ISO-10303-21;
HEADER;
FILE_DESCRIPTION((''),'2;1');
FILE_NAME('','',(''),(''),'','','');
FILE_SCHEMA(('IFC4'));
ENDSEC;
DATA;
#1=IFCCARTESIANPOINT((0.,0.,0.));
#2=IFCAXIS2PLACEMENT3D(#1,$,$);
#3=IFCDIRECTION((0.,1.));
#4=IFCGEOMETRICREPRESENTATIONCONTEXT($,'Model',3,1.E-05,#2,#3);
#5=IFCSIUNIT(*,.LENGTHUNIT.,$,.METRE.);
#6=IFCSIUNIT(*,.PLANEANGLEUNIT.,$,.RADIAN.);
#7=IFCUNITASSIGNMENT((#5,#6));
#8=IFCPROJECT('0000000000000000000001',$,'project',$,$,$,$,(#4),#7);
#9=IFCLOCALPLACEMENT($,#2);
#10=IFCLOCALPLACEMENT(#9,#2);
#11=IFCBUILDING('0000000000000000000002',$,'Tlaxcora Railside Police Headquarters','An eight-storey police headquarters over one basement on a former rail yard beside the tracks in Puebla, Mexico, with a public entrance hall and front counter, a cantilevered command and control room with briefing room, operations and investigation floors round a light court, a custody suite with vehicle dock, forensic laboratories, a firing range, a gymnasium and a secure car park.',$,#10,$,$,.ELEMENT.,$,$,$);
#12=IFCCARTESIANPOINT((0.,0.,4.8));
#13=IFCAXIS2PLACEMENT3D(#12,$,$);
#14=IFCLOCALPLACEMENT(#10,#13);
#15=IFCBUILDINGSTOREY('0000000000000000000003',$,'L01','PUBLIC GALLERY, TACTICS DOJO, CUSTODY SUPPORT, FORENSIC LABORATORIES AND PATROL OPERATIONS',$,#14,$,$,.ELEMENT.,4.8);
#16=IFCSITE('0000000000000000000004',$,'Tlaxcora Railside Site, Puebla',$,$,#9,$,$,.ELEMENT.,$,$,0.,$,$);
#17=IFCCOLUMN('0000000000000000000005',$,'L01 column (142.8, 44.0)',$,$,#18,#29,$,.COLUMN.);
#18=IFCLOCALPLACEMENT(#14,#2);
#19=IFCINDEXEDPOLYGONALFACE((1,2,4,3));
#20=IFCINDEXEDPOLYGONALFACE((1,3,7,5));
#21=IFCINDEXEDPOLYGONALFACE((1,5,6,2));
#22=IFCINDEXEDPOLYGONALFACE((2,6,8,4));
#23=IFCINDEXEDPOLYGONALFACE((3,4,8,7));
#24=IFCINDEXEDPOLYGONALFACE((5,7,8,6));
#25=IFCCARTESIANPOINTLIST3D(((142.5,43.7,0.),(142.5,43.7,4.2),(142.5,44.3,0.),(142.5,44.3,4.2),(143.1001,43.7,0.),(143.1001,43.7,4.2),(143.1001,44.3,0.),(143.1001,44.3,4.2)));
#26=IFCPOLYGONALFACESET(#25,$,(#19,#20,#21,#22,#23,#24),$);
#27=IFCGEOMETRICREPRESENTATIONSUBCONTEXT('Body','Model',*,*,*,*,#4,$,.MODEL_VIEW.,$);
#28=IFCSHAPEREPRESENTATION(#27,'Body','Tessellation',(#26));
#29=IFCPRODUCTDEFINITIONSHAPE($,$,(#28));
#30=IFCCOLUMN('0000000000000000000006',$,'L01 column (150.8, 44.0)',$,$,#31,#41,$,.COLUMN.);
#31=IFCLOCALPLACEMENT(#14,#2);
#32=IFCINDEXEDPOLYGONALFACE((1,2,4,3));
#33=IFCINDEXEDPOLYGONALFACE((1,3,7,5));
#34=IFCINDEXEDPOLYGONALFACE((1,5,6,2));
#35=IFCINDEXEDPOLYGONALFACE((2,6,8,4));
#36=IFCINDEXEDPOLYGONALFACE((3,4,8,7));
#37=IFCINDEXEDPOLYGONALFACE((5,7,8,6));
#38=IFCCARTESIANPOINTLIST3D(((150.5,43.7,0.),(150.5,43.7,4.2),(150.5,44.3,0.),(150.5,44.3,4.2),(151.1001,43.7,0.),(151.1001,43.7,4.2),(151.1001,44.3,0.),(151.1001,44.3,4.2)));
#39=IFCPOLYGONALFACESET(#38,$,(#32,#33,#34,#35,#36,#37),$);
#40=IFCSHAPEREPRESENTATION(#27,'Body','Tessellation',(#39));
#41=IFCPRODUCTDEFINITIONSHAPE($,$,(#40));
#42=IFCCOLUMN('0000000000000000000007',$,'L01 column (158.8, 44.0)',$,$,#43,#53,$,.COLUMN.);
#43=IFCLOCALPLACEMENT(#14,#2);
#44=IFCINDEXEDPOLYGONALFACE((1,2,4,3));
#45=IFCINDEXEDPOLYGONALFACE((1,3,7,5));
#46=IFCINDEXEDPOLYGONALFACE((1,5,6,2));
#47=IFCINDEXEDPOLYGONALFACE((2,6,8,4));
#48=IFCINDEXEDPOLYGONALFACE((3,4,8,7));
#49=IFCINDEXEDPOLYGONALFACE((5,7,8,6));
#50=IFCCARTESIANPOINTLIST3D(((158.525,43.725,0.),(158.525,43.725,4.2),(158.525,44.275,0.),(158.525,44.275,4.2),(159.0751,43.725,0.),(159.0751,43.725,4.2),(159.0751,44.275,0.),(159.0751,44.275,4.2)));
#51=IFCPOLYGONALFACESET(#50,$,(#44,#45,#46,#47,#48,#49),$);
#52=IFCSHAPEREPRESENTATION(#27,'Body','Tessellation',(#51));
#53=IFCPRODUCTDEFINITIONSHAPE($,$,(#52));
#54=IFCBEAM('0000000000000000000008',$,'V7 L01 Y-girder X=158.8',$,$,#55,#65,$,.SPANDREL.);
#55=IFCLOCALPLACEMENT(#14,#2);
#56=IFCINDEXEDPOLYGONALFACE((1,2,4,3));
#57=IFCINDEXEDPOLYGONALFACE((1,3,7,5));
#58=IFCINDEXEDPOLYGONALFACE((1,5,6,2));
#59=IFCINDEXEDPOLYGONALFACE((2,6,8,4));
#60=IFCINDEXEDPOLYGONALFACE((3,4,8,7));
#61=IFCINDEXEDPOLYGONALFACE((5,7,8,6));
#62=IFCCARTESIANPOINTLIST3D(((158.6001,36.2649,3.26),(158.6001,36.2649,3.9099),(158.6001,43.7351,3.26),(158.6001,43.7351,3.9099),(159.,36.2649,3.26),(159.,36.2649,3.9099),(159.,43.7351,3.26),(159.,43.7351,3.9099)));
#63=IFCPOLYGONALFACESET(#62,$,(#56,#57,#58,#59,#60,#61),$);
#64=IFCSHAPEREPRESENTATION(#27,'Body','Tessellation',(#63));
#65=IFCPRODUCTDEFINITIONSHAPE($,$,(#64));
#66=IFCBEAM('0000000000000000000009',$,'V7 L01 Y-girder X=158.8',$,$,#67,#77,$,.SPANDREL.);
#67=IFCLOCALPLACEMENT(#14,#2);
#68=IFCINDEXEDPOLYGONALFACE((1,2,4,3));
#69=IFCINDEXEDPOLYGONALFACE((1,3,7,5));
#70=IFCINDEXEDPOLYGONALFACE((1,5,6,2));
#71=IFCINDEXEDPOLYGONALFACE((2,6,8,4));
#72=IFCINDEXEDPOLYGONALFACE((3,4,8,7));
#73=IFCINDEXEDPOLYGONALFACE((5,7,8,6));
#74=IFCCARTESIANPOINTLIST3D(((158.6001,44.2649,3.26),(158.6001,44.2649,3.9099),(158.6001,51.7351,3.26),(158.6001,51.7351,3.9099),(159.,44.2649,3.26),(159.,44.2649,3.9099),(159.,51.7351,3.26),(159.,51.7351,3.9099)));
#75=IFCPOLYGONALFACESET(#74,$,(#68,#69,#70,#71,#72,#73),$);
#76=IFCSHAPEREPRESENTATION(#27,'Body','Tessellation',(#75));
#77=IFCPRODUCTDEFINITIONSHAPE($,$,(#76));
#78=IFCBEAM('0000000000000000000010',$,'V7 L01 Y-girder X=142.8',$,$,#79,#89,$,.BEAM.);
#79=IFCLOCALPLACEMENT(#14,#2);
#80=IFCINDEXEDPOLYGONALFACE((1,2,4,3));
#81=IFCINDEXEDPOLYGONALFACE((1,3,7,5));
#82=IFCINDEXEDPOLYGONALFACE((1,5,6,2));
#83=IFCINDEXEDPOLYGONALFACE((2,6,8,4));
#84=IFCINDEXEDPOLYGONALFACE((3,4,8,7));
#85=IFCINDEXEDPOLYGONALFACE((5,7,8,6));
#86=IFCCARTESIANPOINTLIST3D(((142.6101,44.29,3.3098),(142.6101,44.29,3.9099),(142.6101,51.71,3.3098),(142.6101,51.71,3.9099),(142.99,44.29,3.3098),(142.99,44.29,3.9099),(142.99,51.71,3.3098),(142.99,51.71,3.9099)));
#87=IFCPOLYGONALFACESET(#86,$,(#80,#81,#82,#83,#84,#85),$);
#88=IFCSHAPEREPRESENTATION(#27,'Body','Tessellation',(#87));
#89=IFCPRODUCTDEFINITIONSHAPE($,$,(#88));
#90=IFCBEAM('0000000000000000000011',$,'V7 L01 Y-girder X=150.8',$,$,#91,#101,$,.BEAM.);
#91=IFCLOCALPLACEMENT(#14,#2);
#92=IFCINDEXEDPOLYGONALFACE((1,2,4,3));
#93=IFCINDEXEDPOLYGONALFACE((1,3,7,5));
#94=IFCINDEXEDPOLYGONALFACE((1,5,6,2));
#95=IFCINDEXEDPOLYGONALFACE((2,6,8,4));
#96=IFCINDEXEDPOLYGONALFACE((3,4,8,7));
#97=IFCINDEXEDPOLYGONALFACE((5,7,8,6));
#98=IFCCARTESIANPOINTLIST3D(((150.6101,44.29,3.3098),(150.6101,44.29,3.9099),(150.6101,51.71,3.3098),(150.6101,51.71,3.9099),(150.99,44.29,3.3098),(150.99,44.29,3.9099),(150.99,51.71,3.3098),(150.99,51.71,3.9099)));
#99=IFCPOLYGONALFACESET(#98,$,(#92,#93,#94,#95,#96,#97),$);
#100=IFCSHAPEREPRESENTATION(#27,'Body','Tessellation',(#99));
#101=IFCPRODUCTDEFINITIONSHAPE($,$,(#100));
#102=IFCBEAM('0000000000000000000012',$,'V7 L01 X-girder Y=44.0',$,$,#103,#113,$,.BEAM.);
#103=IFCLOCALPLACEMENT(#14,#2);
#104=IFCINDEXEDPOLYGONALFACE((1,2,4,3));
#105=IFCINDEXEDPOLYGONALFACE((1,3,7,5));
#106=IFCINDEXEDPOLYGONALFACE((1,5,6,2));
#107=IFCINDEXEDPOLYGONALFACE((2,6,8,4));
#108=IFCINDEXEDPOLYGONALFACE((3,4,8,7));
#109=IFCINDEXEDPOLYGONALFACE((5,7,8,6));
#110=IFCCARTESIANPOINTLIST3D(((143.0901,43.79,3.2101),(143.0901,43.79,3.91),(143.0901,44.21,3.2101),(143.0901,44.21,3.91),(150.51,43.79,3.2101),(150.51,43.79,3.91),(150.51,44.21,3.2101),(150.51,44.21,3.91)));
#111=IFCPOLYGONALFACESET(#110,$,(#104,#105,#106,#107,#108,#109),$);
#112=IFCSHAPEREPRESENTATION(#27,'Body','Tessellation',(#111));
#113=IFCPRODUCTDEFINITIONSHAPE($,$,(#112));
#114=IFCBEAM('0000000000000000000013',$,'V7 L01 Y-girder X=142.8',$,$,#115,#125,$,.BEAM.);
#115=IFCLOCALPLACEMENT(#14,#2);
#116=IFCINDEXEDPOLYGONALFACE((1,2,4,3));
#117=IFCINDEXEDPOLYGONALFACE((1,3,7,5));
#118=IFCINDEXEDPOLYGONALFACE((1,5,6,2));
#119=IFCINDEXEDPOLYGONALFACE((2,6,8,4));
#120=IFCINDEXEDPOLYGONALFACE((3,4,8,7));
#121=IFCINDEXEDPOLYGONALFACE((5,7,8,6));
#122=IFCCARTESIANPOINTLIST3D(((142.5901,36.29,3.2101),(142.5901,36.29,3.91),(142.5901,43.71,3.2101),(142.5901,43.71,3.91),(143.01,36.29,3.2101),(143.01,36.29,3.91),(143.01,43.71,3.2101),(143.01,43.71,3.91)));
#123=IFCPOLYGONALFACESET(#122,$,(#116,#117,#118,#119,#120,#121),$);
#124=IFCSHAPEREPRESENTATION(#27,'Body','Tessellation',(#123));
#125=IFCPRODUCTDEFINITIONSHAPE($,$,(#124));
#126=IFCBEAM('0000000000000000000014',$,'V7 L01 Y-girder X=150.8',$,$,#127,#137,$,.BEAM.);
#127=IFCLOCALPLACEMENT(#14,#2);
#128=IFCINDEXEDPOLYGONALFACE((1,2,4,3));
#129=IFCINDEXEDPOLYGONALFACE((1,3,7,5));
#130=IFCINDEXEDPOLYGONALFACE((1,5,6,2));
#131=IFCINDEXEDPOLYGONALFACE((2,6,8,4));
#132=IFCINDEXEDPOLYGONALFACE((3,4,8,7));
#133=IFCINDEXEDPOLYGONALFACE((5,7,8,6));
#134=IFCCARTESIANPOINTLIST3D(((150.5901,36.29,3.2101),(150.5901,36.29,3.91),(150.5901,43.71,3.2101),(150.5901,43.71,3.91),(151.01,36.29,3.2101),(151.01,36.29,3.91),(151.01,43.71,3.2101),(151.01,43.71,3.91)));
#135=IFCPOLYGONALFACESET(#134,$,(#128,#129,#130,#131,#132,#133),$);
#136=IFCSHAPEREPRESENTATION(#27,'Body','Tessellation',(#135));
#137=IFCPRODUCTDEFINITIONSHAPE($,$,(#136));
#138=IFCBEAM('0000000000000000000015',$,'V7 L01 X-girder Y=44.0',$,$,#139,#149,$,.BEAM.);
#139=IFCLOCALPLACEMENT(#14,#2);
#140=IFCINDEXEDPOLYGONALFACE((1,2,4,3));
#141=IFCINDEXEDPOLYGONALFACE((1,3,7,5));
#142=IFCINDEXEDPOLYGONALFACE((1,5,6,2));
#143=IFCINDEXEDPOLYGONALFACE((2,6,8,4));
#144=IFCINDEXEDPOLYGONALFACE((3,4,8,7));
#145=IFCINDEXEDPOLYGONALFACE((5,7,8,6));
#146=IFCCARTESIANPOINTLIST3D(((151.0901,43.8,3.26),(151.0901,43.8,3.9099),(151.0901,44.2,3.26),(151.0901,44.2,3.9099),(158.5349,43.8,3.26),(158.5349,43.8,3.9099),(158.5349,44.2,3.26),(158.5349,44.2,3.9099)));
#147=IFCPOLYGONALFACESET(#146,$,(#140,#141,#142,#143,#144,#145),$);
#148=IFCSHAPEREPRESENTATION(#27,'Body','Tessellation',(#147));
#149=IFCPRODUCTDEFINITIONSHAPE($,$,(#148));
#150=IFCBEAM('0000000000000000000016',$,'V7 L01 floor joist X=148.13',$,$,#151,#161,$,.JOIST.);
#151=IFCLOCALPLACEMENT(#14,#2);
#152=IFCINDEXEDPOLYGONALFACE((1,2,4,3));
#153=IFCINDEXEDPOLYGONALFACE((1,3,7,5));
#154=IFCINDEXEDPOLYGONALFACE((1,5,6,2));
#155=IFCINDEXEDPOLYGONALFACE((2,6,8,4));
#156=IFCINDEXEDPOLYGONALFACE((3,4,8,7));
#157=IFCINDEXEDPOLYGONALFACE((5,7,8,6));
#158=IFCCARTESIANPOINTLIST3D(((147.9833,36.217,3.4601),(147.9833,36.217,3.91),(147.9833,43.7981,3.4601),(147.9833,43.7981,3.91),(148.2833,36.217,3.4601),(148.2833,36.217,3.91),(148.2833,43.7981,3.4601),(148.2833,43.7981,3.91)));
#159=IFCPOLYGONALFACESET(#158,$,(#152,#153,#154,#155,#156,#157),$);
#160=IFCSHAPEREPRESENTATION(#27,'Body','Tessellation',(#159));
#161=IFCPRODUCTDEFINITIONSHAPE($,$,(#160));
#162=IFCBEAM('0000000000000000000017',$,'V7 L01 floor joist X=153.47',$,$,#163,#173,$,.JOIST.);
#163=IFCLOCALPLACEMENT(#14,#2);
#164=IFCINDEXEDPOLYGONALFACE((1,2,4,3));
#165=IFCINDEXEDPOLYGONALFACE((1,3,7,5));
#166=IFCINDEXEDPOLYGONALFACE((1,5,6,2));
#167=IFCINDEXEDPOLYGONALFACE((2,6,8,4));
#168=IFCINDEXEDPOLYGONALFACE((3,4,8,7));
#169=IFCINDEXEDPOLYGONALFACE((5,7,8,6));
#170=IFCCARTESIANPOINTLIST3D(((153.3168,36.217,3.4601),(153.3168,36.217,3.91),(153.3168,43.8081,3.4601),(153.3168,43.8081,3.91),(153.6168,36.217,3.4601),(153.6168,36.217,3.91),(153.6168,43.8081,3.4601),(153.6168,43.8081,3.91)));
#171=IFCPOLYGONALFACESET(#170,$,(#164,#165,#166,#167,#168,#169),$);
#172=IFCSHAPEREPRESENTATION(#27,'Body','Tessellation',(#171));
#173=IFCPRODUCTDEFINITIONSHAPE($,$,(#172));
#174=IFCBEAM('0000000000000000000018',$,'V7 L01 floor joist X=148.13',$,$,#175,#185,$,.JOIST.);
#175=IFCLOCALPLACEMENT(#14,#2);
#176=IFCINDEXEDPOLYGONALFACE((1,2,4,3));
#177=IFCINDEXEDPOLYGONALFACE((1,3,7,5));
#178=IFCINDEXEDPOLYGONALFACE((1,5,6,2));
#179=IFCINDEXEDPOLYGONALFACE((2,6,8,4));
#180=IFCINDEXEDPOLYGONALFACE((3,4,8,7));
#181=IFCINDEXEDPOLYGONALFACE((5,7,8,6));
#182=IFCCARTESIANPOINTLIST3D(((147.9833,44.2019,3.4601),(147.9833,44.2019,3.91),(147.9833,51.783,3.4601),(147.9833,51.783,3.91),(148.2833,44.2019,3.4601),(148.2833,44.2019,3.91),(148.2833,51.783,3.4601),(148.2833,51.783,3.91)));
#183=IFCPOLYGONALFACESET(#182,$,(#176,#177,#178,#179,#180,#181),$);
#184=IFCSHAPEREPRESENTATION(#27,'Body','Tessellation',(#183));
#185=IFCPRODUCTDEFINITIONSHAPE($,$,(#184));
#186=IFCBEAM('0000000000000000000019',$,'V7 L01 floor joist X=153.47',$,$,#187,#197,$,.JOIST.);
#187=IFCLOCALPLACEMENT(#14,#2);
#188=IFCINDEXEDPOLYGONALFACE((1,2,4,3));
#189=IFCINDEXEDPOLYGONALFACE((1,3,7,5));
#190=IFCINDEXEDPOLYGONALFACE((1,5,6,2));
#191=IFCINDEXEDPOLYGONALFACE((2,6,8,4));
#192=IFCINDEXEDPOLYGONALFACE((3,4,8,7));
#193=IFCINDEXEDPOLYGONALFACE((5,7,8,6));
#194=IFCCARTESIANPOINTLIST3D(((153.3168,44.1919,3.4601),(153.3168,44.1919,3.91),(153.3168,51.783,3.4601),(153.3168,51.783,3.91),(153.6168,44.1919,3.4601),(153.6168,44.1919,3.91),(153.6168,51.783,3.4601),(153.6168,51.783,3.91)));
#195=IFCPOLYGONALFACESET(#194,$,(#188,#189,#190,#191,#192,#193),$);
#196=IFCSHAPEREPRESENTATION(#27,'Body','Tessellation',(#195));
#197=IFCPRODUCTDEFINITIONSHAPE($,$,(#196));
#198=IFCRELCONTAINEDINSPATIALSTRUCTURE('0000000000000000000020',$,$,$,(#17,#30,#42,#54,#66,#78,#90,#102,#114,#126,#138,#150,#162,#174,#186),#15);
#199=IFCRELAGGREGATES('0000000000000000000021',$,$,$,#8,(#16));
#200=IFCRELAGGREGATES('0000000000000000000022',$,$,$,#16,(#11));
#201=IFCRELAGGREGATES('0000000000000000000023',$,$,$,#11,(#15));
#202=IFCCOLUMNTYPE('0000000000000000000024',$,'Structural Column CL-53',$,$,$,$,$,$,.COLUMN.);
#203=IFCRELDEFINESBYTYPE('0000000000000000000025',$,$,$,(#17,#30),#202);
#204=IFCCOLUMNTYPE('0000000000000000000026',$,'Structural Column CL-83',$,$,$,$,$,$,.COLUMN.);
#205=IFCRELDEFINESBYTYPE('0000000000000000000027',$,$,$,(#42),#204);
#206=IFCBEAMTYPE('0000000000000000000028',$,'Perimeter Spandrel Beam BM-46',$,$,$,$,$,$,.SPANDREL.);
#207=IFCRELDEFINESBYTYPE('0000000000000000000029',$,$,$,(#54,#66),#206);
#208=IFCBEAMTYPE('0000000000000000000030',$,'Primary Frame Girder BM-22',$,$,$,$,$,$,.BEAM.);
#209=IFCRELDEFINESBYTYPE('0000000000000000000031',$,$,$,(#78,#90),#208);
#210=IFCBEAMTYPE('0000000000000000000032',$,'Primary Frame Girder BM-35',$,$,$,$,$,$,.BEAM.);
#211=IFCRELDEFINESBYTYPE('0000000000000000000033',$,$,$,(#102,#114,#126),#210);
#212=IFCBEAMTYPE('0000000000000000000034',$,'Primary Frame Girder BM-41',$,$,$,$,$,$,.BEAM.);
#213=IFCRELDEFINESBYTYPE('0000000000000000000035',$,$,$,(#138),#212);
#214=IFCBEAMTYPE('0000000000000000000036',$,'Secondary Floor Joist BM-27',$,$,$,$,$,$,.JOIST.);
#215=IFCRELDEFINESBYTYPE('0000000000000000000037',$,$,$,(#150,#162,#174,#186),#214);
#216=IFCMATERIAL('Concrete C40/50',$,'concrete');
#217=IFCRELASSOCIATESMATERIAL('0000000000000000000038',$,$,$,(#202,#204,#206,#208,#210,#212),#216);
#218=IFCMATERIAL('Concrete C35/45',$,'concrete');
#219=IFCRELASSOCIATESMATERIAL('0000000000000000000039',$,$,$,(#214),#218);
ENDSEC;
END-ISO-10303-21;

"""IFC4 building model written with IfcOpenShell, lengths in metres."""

from ifc_helpers import new_model, si_unit, direction, frame, origin, origin_2d, place, context, subcontext, project, spatial, rectangle, extrude, material, material_profile, profile_set, type_object, element, save


model = new_model("IFC4")

# Units and contexts
model_context = context("Model", 3, precision=1e-05, world=origin(), true_north=direction((0.0, 1.0)))
body_context = subcontext(model_context, "Body", "Model", "MODEL_VIEW")
ifc_project = project(units=[si_unit("LENGTHUNIT", "METRE"), si_unit("PLANEANGLEUNIT", "RADIAN")], contexts=[model_context])

# Site, building, storey
site_placement = place(None, origin())
site = spatial("IfcSite", under=ifc_project, at=site_placement, Name="Tlaxcora Railside Site, Puebla", CompositionType="ELEMENT", RefElevation=0.0)
building_placement = place(site_placement, origin())
building = spatial("IfcBuilding", under=site, at=building_placement, Name="Tlaxcora Railside Police Headquarters", Description="An eight-storey police headquarters over one basement on a former rail yard beside the tracks in Puebla, Mexico, with a public entrance hall and front counter, a cantilevered command and control room with briefing room, operations and investigation floors round a light court, a custody suite with vehicle dock, forensic laboratories, a firing range, a gymnasium and a secure car park.", CompositionType="ELEMENT")
storey_placement = place(building_placement, frame((0.0, 0.0, 4.8)))
storey = spatial("IfcBuildingStorey", under=building, at=storey_placement, Name="L01", Description="PUBLIC GALLERY, TACTICS DOJO, CUSTODY SUPPORT, FORENSIC LABORATORIES AND PATROL OPERATIONS", CompositionType="ELEMENT", Elevation=4.8)

# Columns
ifc_material_1 = material(Name="Concrete C40/50", Category="concrete")
ifc_material_profile_1 = material_profile(ifc_material_1, rectangle(XDim=0.6001, YDim=0.6001, at=origin_2d()), Name="RC600X600")
ifc_profile_set_1 = profile_set([ifc_material_profile_1], Name="Concrete C40/50")
column_type_1 = type_object("IfcColumnType", Name="Structural Column CL-53", PredefinedType="COLUMN", material=ifc_profile_set_1)
for number, where, z_axis, x_axis, name in (
    (1, (142.8, 44.0, 0.0), (0.0, 0.0, 1.0), (1.0, 0.0, 0.0), "L01 column (142.8, 44.0)"),
    (2, (150.8, 44.0, 0.0), (0.0, 0.0, 1.0), (1.0, 0.0, 0.0), "L01 column (150.8, 44.0)"),
):
    element("IfcColumn", number, at=place(storey_placement, frame(where, z_axis=z_axis, x_axis=x_axis)), inside=storey, type_object=column_type_1, Name=name, PredefinedType="COLUMN", context=body_context, shape_type="SweptSolid", body=[
        extrude(rectangle(XDim=0.6001, YDim=0.6001, at=origin_2d()), origin(), (0.0, 0.0, 1.0), 4.2),
    ])
ifc_material_profile_2 = material_profile(ifc_material_1, rectangle(XDim=0.55, YDim=0.55, at=origin_2d()), Name="RC550X550")
ifc_profile_set_2 = profile_set([ifc_material_profile_2], Name="Concrete C40/50")
column_type_2 = type_object("IfcColumnType", Name="Structural Column CL-83", PredefinedType="COLUMN", material=ifc_profile_set_2)
column_placement = place(storey_placement, frame((158.8, 44.0, 0.0), z_axis=(0.0, 0.0, 1.0), x_axis=(1.0, 0.0, 0.0)))
element("IfcColumn", 3, at=column_placement, inside=storey, type_object=column_type_2, Name="L01 column (158.8, 44.0)", PredefinedType="COLUMN", context=body_context, shape_type="SweptSolid", body=[
    extrude(rectangle(XDim=0.55, YDim=0.55, at=origin_2d()), origin(), (0.0, 0.0, 1.0), 4.2),
])

# Beams
ifc_material_profile_3 = material_profile(ifc_material_1, rectangle(XDim=0.3999, YDim=0.6499, at=origin_2d()), Name="RC400X650")
ifc_profile_set_3 = profile_set([ifc_material_profile_3], Name="Concrete C40/50")
beam_type_1 = type_object("IfcBeamType", Name="Perimeter Spandrel Beam BM-46", PredefinedType="SPANDREL", material=ifc_profile_set_3)
for number, where, z_axis, x_axis, name in (
    (4, (158.8, 36.2649, 3.585), (0.0, 1.0, 0.0), (-1.0, 0.0, 0.0), "V7 L01 Y-girder X=158.8"),
    (5, (158.8, 44.2649, 3.585), (0.0, 1.0, 0.0), (-1.0, 0.0, 0.0), "V7 L01 Y-girder X=158.8"),
):
    element("IfcBeam", number, at=place(storey_placement, frame(where, z_axis=z_axis, x_axis=x_axis)), inside=storey, type_object=beam_type_1, Name=name, PredefinedType="SPANDREL", context=body_context, shape_type="SweptSolid", body=[
        extrude(rectangle(XDim=0.3999, YDim=0.6499, at=origin_2d()), origin(), (0.0, 0.0, 1.0), 7.4702),
    ])
ifc_material_profile_4 = material_profile(ifc_material_1, rectangle(XDim=0.3799, YDim=0.6001, at=origin_2d()), Name="RC380X600")
ifc_profile_set_4 = profile_set([ifc_material_profile_4], Name="Concrete C40/50")
beam_type_2 = type_object("IfcBeamType", Name="Primary Frame Girder BM-22", PredefinedType="BEAM", material=ifc_profile_set_4)
for number, where, z_axis, x_axis, name in (
    (6, (142.8, 44.29, 3.6099), (0.0, 1.0, 0.0), (-1.0, 0.0, 0.0), "V7 L01 Y-girder X=142.8"),
    (7, (150.8, 44.29, 3.6099), (0.0, 1.0, 0.0), (-1.0, 0.0, 0.0), "V7 L01 Y-girder X=150.8"),
):
    element("IfcBeam", number, at=place(storey_placement, frame(where, z_axis=z_axis, x_axis=x_axis)), inside=storey, type_object=beam_type_2, Name=name, PredefinedType="BEAM", context=body_context, shape_type="SweptSolid", body=[
        extrude(rectangle(XDim=0.3799, YDim=0.6001, at=origin_2d()), origin(), (0.0, 0.0, 1.0), 7.4199),
    ])
ifc_material_profile_5 = material_profile(ifc_material_1, rectangle(XDim=0.4199, YDim=0.7, at=origin_2d()), Name="RC420X700")
ifc_profile_set_5 = profile_set([ifc_material_profile_5], Name="Concrete C40/50")
beam_type_3 = type_object("IfcBeamType", Name="Primary Frame Girder BM-35", PredefinedType="BEAM", material=ifc_profile_set_5)
for number, where, z_axis, x_axis, name in (
    (8, (143.0901, 44.0, 3.5601), (1.0, 0.0, 0.0), (0.0, 1.0, 0.0), "V7 L01 X-girder Y=44.0"),
    (9, (142.8, 36.29, 3.5601), (0.0, 1.0, 0.0), (-1.0, 0.0, 0.0), "V7 L01 Y-girder X=142.8"),
    (10, (150.8, 36.29, 3.5601), (0.0, 1.0, 0.0), (-1.0, 0.0, 0.0), "V7 L01 Y-girder X=150.8"),
):
    element("IfcBeam", number, at=place(storey_placement, frame(where, z_axis=z_axis, x_axis=x_axis)), inside=storey, type_object=beam_type_3, Name=name, PredefinedType="BEAM", context=body_context, shape_type="SweptSolid", body=[
        extrude(rectangle(XDim=0.4199, YDim=0.7, at=origin_2d()), origin(), (0.0, 0.0, 1.0), 7.4199),
    ])
ifc_material_profile_6 = material_profile(ifc_material_1, rectangle(XDim=0.3999, YDim=0.6499, at=origin_2d()), Name="RC400X650")
ifc_profile_set_6 = profile_set([ifc_material_profile_6], Name="Concrete C40/50")
beam_type_4 = type_object("IfcBeamType", Name="Primary Frame Girder BM-41", PredefinedType="BEAM", material=ifc_profile_set_6)
beam_1_placement = place(storey_placement, frame((151.0901, 44.0, 3.585), z_axis=(1.0, 0.0, 0.0), x_axis=(0.0, 1.0, 0.0)))
element("IfcBeam", 11, at=beam_1_placement, inside=storey, type_object=beam_type_4, Name="V7 L01 X-girder Y=44.0", PredefinedType="BEAM", context=body_context, shape_type="SweptSolid", body=[
    extrude(rectangle(XDim=0.3999, YDim=0.6499, at=origin_2d()), origin(), (0.0, 0.0, 1.0), 7.4448),
])
ifc_material_2 = material(Name="Concrete C35/45", Category="concrete")
ifc_material_profile_7 = material_profile(ifc_material_2, rectangle(XDim=0.3, YDim=0.45, at=origin_2d()), Name="RC300X450")
ifc_profile_set_7 = profile_set([ifc_material_profile_7], Name="Concrete C35/45")
beam_type_5 = type_object("IfcBeamType", Name="Secondary Floor Joist BM-27", PredefinedType="JOIST", material=ifc_profile_set_7)
beam_2_placement = place(storey_placement, frame((148.1333, 36.217, 3.6851), z_axis=(0.0, 1.0, 0.0), x_axis=(-1.0, 0.0, 0.0)))
element("IfcBeam", 12, at=beam_2_placement, inside=storey, type_object=beam_type_5, Name="V7 L01 floor joist X=148.13", PredefinedType="JOIST", context=body_context, shape_type="SweptSolid", body=[
    extrude(rectangle(XDim=0.3, YDim=0.45, at=origin_2d()), origin(), (0.0, 0.0, 1.0), 7.5811),
])
beam_3_placement = place(storey_placement, frame((153.4668, 36.217, 3.6851), z_axis=(0.0, 1.0, 0.0), x_axis=(-1.0, 0.0, 0.0)))
element("IfcBeam", 13, at=beam_3_placement, inside=storey, type_object=beam_type_5, Name="V7 L01 floor joist X=153.47", PredefinedType="JOIST", context=body_context, shape_type="SweptSolid", body=[
    extrude(rectangle(XDim=0.3, YDim=0.45, at=origin_2d()), origin(), (0.0, 0.0, 1.0), 7.5911),
])
beam_4_placement = place(storey_placement, frame((148.1333, 44.2019, 3.6851), z_axis=(0.0, 1.0, 0.0), x_axis=(-1.0, 0.0, 0.0)))
element("IfcBeam", 14, at=beam_4_placement, inside=storey, type_object=beam_type_5, Name="V7 L01 floor joist X=148.13", PredefinedType="JOIST", context=body_context, shape_type="SweptSolid", body=[
    extrude(rectangle(XDim=0.3, YDim=0.45, at=origin_2d()), origin(), (0.0, 0.0, 1.0), 7.5811),
])
beam_5_placement = place(storey_placement, frame((153.4668, 44.1919, 3.6851), z_axis=(0.0, 1.0, 0.0), x_axis=(-1.0, 0.0, 0.0)))
element("IfcBeam", 15, at=beam_5_placement, inside=storey, type_object=beam_type_5, Name="V7 L01 floor joist X=153.47", PredefinedType="JOIST", context=body_context, shape_type="SweptSolid", body=[
    extrude(rectangle(XDim=0.3, YDim=0.45, at=origin_2d()), origin(), (0.0, 0.0, 1.0), 7.5911),
])

save(model, "model.ifc")
